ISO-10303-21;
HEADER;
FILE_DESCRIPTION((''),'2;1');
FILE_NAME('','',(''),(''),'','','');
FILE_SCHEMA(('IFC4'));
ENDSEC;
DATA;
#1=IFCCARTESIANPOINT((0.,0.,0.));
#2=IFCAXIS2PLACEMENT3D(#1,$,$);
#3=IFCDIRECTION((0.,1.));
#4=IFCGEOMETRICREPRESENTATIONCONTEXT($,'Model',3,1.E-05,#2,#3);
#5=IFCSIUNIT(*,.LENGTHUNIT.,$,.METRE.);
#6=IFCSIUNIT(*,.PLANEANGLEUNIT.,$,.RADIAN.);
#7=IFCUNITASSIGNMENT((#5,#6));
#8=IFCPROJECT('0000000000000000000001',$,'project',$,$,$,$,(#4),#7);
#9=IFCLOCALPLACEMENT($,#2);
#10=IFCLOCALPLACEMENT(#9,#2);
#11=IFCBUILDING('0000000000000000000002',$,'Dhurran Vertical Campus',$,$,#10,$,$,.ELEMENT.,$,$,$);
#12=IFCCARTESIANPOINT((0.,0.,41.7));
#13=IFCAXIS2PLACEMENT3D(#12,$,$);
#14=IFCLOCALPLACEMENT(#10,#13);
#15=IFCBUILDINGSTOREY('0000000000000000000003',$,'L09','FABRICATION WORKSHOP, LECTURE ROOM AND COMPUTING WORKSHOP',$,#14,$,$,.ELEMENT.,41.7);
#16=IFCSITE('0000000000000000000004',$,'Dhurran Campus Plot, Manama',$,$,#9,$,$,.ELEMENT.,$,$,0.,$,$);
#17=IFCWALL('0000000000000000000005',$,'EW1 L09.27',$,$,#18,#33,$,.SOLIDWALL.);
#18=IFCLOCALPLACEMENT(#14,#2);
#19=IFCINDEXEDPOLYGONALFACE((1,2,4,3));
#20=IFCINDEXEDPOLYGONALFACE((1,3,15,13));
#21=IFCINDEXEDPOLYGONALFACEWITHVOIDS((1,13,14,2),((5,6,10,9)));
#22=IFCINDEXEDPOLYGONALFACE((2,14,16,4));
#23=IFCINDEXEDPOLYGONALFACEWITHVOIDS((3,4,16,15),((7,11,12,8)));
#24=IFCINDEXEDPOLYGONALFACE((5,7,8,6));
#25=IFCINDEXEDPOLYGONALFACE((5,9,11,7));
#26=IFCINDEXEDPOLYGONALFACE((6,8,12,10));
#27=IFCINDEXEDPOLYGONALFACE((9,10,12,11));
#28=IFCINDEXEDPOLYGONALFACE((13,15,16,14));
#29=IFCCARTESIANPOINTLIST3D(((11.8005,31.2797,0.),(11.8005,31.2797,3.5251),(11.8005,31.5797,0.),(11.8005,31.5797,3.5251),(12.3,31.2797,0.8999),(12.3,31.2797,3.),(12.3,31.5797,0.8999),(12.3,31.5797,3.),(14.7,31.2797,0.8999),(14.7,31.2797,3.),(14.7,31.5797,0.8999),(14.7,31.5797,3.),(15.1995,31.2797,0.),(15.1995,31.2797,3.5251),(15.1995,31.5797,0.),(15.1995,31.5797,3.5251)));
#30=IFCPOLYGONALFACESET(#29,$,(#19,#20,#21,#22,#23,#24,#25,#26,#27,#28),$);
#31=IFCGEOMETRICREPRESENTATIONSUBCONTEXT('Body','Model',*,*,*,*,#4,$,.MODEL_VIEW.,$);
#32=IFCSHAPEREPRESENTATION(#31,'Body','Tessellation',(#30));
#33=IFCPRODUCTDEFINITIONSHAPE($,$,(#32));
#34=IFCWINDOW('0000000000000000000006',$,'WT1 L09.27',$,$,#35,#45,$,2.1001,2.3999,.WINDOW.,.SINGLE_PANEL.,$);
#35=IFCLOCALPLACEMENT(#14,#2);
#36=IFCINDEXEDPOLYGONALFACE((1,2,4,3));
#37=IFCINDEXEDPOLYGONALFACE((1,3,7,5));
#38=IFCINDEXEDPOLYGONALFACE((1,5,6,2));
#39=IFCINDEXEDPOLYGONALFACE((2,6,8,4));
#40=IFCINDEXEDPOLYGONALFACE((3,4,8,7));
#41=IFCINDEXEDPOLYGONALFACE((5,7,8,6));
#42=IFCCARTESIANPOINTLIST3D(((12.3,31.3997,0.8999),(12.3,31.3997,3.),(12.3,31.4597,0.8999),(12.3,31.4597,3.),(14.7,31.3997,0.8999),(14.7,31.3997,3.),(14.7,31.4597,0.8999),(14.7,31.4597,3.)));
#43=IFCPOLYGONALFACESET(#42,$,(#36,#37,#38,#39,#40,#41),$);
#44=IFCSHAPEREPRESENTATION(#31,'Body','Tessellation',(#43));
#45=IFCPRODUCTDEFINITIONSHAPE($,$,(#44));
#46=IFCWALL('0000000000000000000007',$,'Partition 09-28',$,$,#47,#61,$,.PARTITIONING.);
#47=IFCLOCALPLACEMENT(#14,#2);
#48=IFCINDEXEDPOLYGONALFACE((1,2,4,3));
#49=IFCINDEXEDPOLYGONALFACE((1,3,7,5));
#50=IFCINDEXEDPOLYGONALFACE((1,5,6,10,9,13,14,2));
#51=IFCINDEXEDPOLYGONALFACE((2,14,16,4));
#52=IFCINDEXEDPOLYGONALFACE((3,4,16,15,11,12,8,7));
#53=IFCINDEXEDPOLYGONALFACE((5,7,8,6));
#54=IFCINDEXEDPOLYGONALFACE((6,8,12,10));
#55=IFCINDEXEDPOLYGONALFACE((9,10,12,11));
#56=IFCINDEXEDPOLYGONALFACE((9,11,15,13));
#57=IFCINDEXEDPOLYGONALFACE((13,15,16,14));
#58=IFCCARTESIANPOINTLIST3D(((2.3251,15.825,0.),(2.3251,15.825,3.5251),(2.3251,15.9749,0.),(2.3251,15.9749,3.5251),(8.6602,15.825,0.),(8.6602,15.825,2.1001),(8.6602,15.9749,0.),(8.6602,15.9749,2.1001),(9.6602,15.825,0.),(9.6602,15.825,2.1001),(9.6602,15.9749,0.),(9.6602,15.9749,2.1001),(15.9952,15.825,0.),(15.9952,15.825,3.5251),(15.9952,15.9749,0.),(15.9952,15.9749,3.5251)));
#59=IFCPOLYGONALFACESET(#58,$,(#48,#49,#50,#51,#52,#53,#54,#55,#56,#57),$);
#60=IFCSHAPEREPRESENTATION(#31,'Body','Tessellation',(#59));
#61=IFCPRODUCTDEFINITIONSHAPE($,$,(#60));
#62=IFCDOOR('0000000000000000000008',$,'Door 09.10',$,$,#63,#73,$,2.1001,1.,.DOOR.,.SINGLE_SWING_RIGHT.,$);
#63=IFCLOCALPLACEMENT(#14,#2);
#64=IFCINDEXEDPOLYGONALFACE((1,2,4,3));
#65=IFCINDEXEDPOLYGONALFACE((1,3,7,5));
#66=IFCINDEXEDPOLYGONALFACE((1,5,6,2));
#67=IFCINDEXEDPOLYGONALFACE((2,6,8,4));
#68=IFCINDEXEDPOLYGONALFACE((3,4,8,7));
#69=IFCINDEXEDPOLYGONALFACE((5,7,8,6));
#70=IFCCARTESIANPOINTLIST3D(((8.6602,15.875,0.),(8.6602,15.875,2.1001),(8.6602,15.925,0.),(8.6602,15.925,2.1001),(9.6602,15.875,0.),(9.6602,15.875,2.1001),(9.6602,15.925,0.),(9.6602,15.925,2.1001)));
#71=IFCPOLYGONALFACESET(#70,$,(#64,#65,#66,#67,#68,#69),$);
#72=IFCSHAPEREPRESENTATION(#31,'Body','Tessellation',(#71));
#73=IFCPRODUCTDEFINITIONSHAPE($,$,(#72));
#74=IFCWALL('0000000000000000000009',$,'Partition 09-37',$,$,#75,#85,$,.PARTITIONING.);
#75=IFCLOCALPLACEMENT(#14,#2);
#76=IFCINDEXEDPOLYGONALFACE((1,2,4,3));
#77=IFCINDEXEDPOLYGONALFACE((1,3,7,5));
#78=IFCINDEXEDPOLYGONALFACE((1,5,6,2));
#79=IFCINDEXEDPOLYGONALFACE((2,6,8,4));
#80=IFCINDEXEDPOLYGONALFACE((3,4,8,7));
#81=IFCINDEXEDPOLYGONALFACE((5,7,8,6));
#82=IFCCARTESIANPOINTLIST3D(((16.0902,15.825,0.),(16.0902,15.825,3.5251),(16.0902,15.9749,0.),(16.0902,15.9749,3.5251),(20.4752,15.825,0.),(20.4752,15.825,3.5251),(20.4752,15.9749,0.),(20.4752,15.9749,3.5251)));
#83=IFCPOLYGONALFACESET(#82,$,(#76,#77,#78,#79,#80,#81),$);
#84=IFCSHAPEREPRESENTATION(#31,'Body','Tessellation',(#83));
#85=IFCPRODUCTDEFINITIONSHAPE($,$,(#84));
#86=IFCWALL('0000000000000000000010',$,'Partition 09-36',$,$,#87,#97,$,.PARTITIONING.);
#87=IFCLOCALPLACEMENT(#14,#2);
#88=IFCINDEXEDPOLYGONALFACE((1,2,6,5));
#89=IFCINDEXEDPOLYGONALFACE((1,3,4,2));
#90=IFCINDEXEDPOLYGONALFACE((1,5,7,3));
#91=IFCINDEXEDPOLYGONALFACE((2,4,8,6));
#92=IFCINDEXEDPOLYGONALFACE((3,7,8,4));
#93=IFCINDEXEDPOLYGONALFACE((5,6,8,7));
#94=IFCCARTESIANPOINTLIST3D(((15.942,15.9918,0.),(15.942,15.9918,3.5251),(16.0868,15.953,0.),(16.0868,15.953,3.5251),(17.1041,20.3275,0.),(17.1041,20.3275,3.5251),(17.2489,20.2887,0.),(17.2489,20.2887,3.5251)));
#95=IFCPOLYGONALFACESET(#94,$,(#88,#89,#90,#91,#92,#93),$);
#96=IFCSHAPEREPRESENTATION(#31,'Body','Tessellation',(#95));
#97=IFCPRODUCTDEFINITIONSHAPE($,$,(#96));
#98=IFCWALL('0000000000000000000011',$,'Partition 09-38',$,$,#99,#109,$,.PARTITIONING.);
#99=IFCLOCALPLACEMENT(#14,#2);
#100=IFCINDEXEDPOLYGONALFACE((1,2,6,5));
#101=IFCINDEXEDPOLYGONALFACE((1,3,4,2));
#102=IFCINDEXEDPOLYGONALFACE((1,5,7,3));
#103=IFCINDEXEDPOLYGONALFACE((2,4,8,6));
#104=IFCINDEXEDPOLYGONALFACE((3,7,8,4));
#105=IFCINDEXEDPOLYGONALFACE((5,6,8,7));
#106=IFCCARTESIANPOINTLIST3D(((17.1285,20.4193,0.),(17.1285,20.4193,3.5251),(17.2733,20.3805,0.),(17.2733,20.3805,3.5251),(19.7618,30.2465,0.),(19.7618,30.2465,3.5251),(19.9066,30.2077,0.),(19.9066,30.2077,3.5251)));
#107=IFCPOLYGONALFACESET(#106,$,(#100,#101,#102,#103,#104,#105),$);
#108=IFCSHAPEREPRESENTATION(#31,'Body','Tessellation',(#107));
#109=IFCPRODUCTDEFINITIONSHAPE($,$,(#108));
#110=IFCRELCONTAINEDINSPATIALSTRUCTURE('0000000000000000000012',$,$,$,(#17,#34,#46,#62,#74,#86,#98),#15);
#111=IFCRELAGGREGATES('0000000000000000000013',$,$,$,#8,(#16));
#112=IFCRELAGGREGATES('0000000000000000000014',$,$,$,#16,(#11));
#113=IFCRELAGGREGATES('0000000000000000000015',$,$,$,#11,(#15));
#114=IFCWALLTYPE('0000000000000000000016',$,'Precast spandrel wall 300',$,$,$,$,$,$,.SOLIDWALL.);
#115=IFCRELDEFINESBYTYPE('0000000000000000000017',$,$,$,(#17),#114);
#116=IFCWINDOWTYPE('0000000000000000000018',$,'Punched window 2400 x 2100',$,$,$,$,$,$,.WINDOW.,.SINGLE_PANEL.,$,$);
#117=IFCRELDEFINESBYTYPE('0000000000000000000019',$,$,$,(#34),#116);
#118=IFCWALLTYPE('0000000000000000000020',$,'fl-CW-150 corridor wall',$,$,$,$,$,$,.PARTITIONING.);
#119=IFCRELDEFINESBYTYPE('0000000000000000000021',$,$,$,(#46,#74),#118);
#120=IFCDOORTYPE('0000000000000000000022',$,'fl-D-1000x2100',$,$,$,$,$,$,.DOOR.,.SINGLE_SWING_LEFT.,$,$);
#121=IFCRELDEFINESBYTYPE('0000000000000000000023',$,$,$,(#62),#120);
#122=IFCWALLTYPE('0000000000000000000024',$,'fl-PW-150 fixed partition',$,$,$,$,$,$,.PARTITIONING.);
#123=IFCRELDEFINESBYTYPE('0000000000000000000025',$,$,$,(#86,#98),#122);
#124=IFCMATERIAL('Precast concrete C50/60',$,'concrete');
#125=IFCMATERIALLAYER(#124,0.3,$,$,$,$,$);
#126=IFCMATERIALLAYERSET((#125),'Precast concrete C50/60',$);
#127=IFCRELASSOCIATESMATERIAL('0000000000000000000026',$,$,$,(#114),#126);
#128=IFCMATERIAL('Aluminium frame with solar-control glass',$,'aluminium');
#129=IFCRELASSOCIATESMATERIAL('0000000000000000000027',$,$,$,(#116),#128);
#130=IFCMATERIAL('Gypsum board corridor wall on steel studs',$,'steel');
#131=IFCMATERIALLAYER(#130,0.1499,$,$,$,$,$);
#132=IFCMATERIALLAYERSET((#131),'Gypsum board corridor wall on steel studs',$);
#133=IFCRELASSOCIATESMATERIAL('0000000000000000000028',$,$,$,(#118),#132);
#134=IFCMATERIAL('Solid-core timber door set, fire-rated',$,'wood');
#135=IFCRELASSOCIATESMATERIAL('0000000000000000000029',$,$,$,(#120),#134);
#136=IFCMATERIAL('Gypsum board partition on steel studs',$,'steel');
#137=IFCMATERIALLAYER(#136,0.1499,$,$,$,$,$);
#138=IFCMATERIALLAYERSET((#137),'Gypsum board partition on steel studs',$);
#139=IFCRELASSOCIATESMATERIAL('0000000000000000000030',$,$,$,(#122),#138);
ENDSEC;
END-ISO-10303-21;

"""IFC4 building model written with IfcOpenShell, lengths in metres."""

from ifc_helpers import new_model, si_unit, direction, frame, frame_2d, origin, place, context, subcontext, project, spatial, rectangle, extrude, material, layer, layer_set, type_object, element, fill, save


model = new_model("IFC4")

# Units and contexts
model_context = context("Model", 3, precision=1e-05, world=origin(), true_north=direction((0.0, 1.0)))
body_context = subcontext(model_context, "Body", "Model", "MODEL_VIEW")
ifc_project = project(units=[si_unit("LENGTHUNIT", "METRE"), si_unit("PLANEANGLEUNIT", "RADIAN")], contexts=[model_context])

# Site, building, storey
site_placement = place(None, origin())
site = spatial("IfcSite", under=ifc_project, at=site_placement, Name="Dhurran Campus Plot, Manama", CompositionType="ELEMENT", RefElevation=0.0)
building_placement = place(site_placement, origin())
building = spatial("IfcBuilding", under=site, at=building_placement, Name="Dhurran Vertical Campus", CompositionType="ELEMENT")
storey_placement = place(building_placement, frame((0.0, 0.0, 41.7)))
storey = spatial("IfcBuildingStorey", under=building, at=storey_placement, Name="L09", Description="FABRICATION WORKSHOP, LECTURE ROOM AND COMPUTING WORKSHOP", CompositionType="ELEMENT", Elevation=41.7)

# Wall, opening, window
ifc_material_1 = material(Name="Precast concrete C50/60", Category="concrete")
ifc_layer_1 = layer(ifc_material_1, 0.3)
ifc_layer_set_1 = layer_set([ifc_layer_1], Name="Precast concrete C50/60")
wall_type_1 = type_object("IfcWallType", Name="Precast spandrel wall 300", PredefinedType="SOLIDWALL", material=ifc_layer_set_1)
ifc_material_2 = material(Name="Aluminium frame with solar-control glass", Category="aluminium")
window_type = type_object("IfcWindowType", Name="Punched window 2400 x 2100", PartitioningType="SINGLE_PANEL", PredefinedType="WINDOW", material=ifc_material_2)
wall_1_placement = place(storey_placement, frame((15.1995, 31.4297, 0.0), z_axis=(0.0, 0.0, 1.0), x_axis=(-1.0, 0.0, 0.0)))
wall_1 = element("IfcWall", 1, at=wall_1_placement, inside=storey, type_object=wall_type_1, Name="EW1 L09.27", PredefinedType="SOLIDWALL", context=body_context, shape_type="SweptSolid", body=[
    extrude(rectangle(XDim=3.3989, YDim=0.3, at=frame_2d((1.6995, 0.0))), origin(), (0.0, 0.0, 1.0), 3.5251),
])
opening_1_placement = place(wall_1_placement, frame((0.4995, 0.0, 0.8999)))
opening_1 = element("IfcOpeningElement", 2, at=opening_1_placement, cuts=wall_1, PredefinedType="OPENING", context=body_context, shape_type="SweptSolid", body=[
    extrude(rectangle(XDim=2.3999, YDim=2.1001, at=frame_2d((1.2, 1.05))), frame((0.0, 0.1599, 0.0), z_axis=(0.0, -1.0, 0.0), x_axis=(1.0, 0.0, 0.0)), (0.0, 0.0, 1.0), 0.3201),
])
window_1_placement = place(opening_1_placement, origin())
window_1 = element("IfcWindow", 3, at=window_1_placement, inside=storey, type_object=window_type, Name="WT1 L09.27", OverallHeight=2.1001, OverallWidth=2.3999, PartitioningType="SINGLE_PANEL", PredefinedType="WINDOW", context=body_context, shape_type="SweptSolid", body=[
    extrude(rectangle(XDim=2.3999, YDim=2.1001, at=frame_2d((1.2, 1.05))), frame((0.0, 0.03, 0.0), z_axis=(0.0, -1.0, 0.0), x_axis=(1.0, 0.0, 0.0)), (0.0, 0.0, 1.0), 0.0601),
])
fill(opening_1, window_1)

# Wall, opening, door
ifc_material_3 = material(Name="Gypsum board corridor wall on steel studs", Category="steel")
ifc_layer_2 = layer(ifc_material_3, 0.1499)
ifc_layer_set_2 = layer_set([ifc_layer_2], Name="Gypsum board corridor wall on steel studs")
wall_type_2 = type_object("IfcWallType", Name="fl-CW-150 corridor wall", PredefinedType="PARTITIONING", material=ifc_layer_set_2)
wall_2_placement = place(storey_placement, frame((15.9951, 15.8999, 0.0), z_axis=(0.0, 0.0, 1.0), x_axis=(-1.0, 0.0, 0.0)))
wall_2 = element("IfcWall", 4, at=wall_2_placement, inside=storey, type_object=wall_type_2, Name="Partition 09-28", PredefinedType="PARTITIONING", context=body_context, shape_type="SweptSolid", body=[
    extrude(rectangle(XDim=13.6702, YDim=0.1499, at=frame_2d((6.835, 0.0))), origin(), (0.0, 0.0, 1.0), 3.5251),
])
opening_2_placement = place(wall_2_placement, frame((6.335, 0.0, 0.0)))
opening_2 = element("IfcOpeningElement", 5, at=opening_2_placement, cuts=wall_2, PredefinedType="OPENING", context=body_context, shape_type="SweptSolid", body=[
    extrude(rectangle(XDim=1.0, YDim=2.1001, at=frame_2d((0.5, 1.05))), frame((0.0, 0.085, 0.0), z_axis=(0.0, -1.0, 0.0), x_axis=(1.0, 0.0, 0.0)), (0.0, 0.0, 1.0), 0.1699),
])
ifc_material_4 = material(Name="Solid-core timber door set, fire-rated", Category="wood")
door_type = type_object("IfcDoorType", Name="fl-D-1000x2100", OperationType="SINGLE_SWING_LEFT", PredefinedType="DOOR", material=ifc_material_4)
door_placement = place(opening_2_placement, origin())
door = element("IfcDoor", 6, at=door_placement, inside=storey, type_object=door_type, Name="Door 09.10", OperationType="SINGLE_SWING_RIGHT", OverallHeight=2.1001, OverallWidth=1.0, PredefinedType="DOOR", context=body_context, shape_type="SweptSolid", body=[
    extrude(rectangle(XDim=1.0, YDim=2.1001, at=frame_2d((0.5, 1.05))), frame((0.0, 0.0249, 0.0), z_axis=(0.0, -1.0, 0.0), x_axis=(1.0, 0.0, 0.0)), (0.0, 0.0, 1.0), 0.05),
])
fill(opening_2, door)

# Walls
wall_3_placement = place(storey_placement, frame((20.4751, 15.8999, 0.0), z_axis=(0.0, 0.0, 1.0), x_axis=(-1.0, 0.0, 0.0)))
element("IfcWall", 7, at=wall_3_placement, inside=storey, type_object=wall_type_2, Name="Partition 09-37", PredefinedType="PARTITIONING", context=body_context, shape_type="SweptSolid", body=[
    extrude(rectangle(XDim=4.385, YDim=0.1499, at=frame_2d((2.1924, 0.0))), origin(), (0.0, 0.0, 1.0), 3.5251),
])
ifc_material_5 = material(Name="Gypsum board partition on steel studs", Category="steel")
ifc_layer_3 = layer(ifc_material_5, 0.1499)
ifc_layer_set_3 = layer_set([ifc_layer_3], Name="Gypsum board partition on steel studs")
wall_type_3 = type_object("IfcWallType", Name="fl-PW-150 fixed partition", PredefinedType="PARTITIONING", material=ifc_layer_set_3)
wall_4_placement = place(storey_placement, frame((17.1765, 20.3081, 0.0), z_axis=(0.0, 0.0, 1.0), x_axis=(-0.258895, -0.965906, 0.0)))
element("IfcWall", 8, at=wall_4_placement, inside=storey, type_object=wall_type_3, Name="Partition 09-36", PredefinedType="PARTITIONING", context=body_context, shape_type="SweptSolid", body=[
    extrude(rectangle(XDim=4.4888, YDim=0.1499, at=frame_2d((2.2444, 0.0))), origin(), (0.0, 0.0, 1.0), 3.5251),
])
wall_5_placement = place(storey_placement, frame((19.8342, 30.2271, 0.0), z_axis=(0.0, 0.0, 1.0), x_axis=(-0.25883, -0.965923, 0.0)))
element("IfcWall", 9, at=wall_5_placement, inside=storey, type_object=wall_type_3, Name="Partition 09-38", PredefinedType="PARTITIONING", context=body_context, shape_type="SweptSolid", body=[
    extrude(rectangle(XDim=10.1738, YDim=0.1499, at=frame_2d((5.0869, 0.0))), origin(), (0.0, 0.0, 1.0), 3.5251),
])

save(model, "model.ifc")
